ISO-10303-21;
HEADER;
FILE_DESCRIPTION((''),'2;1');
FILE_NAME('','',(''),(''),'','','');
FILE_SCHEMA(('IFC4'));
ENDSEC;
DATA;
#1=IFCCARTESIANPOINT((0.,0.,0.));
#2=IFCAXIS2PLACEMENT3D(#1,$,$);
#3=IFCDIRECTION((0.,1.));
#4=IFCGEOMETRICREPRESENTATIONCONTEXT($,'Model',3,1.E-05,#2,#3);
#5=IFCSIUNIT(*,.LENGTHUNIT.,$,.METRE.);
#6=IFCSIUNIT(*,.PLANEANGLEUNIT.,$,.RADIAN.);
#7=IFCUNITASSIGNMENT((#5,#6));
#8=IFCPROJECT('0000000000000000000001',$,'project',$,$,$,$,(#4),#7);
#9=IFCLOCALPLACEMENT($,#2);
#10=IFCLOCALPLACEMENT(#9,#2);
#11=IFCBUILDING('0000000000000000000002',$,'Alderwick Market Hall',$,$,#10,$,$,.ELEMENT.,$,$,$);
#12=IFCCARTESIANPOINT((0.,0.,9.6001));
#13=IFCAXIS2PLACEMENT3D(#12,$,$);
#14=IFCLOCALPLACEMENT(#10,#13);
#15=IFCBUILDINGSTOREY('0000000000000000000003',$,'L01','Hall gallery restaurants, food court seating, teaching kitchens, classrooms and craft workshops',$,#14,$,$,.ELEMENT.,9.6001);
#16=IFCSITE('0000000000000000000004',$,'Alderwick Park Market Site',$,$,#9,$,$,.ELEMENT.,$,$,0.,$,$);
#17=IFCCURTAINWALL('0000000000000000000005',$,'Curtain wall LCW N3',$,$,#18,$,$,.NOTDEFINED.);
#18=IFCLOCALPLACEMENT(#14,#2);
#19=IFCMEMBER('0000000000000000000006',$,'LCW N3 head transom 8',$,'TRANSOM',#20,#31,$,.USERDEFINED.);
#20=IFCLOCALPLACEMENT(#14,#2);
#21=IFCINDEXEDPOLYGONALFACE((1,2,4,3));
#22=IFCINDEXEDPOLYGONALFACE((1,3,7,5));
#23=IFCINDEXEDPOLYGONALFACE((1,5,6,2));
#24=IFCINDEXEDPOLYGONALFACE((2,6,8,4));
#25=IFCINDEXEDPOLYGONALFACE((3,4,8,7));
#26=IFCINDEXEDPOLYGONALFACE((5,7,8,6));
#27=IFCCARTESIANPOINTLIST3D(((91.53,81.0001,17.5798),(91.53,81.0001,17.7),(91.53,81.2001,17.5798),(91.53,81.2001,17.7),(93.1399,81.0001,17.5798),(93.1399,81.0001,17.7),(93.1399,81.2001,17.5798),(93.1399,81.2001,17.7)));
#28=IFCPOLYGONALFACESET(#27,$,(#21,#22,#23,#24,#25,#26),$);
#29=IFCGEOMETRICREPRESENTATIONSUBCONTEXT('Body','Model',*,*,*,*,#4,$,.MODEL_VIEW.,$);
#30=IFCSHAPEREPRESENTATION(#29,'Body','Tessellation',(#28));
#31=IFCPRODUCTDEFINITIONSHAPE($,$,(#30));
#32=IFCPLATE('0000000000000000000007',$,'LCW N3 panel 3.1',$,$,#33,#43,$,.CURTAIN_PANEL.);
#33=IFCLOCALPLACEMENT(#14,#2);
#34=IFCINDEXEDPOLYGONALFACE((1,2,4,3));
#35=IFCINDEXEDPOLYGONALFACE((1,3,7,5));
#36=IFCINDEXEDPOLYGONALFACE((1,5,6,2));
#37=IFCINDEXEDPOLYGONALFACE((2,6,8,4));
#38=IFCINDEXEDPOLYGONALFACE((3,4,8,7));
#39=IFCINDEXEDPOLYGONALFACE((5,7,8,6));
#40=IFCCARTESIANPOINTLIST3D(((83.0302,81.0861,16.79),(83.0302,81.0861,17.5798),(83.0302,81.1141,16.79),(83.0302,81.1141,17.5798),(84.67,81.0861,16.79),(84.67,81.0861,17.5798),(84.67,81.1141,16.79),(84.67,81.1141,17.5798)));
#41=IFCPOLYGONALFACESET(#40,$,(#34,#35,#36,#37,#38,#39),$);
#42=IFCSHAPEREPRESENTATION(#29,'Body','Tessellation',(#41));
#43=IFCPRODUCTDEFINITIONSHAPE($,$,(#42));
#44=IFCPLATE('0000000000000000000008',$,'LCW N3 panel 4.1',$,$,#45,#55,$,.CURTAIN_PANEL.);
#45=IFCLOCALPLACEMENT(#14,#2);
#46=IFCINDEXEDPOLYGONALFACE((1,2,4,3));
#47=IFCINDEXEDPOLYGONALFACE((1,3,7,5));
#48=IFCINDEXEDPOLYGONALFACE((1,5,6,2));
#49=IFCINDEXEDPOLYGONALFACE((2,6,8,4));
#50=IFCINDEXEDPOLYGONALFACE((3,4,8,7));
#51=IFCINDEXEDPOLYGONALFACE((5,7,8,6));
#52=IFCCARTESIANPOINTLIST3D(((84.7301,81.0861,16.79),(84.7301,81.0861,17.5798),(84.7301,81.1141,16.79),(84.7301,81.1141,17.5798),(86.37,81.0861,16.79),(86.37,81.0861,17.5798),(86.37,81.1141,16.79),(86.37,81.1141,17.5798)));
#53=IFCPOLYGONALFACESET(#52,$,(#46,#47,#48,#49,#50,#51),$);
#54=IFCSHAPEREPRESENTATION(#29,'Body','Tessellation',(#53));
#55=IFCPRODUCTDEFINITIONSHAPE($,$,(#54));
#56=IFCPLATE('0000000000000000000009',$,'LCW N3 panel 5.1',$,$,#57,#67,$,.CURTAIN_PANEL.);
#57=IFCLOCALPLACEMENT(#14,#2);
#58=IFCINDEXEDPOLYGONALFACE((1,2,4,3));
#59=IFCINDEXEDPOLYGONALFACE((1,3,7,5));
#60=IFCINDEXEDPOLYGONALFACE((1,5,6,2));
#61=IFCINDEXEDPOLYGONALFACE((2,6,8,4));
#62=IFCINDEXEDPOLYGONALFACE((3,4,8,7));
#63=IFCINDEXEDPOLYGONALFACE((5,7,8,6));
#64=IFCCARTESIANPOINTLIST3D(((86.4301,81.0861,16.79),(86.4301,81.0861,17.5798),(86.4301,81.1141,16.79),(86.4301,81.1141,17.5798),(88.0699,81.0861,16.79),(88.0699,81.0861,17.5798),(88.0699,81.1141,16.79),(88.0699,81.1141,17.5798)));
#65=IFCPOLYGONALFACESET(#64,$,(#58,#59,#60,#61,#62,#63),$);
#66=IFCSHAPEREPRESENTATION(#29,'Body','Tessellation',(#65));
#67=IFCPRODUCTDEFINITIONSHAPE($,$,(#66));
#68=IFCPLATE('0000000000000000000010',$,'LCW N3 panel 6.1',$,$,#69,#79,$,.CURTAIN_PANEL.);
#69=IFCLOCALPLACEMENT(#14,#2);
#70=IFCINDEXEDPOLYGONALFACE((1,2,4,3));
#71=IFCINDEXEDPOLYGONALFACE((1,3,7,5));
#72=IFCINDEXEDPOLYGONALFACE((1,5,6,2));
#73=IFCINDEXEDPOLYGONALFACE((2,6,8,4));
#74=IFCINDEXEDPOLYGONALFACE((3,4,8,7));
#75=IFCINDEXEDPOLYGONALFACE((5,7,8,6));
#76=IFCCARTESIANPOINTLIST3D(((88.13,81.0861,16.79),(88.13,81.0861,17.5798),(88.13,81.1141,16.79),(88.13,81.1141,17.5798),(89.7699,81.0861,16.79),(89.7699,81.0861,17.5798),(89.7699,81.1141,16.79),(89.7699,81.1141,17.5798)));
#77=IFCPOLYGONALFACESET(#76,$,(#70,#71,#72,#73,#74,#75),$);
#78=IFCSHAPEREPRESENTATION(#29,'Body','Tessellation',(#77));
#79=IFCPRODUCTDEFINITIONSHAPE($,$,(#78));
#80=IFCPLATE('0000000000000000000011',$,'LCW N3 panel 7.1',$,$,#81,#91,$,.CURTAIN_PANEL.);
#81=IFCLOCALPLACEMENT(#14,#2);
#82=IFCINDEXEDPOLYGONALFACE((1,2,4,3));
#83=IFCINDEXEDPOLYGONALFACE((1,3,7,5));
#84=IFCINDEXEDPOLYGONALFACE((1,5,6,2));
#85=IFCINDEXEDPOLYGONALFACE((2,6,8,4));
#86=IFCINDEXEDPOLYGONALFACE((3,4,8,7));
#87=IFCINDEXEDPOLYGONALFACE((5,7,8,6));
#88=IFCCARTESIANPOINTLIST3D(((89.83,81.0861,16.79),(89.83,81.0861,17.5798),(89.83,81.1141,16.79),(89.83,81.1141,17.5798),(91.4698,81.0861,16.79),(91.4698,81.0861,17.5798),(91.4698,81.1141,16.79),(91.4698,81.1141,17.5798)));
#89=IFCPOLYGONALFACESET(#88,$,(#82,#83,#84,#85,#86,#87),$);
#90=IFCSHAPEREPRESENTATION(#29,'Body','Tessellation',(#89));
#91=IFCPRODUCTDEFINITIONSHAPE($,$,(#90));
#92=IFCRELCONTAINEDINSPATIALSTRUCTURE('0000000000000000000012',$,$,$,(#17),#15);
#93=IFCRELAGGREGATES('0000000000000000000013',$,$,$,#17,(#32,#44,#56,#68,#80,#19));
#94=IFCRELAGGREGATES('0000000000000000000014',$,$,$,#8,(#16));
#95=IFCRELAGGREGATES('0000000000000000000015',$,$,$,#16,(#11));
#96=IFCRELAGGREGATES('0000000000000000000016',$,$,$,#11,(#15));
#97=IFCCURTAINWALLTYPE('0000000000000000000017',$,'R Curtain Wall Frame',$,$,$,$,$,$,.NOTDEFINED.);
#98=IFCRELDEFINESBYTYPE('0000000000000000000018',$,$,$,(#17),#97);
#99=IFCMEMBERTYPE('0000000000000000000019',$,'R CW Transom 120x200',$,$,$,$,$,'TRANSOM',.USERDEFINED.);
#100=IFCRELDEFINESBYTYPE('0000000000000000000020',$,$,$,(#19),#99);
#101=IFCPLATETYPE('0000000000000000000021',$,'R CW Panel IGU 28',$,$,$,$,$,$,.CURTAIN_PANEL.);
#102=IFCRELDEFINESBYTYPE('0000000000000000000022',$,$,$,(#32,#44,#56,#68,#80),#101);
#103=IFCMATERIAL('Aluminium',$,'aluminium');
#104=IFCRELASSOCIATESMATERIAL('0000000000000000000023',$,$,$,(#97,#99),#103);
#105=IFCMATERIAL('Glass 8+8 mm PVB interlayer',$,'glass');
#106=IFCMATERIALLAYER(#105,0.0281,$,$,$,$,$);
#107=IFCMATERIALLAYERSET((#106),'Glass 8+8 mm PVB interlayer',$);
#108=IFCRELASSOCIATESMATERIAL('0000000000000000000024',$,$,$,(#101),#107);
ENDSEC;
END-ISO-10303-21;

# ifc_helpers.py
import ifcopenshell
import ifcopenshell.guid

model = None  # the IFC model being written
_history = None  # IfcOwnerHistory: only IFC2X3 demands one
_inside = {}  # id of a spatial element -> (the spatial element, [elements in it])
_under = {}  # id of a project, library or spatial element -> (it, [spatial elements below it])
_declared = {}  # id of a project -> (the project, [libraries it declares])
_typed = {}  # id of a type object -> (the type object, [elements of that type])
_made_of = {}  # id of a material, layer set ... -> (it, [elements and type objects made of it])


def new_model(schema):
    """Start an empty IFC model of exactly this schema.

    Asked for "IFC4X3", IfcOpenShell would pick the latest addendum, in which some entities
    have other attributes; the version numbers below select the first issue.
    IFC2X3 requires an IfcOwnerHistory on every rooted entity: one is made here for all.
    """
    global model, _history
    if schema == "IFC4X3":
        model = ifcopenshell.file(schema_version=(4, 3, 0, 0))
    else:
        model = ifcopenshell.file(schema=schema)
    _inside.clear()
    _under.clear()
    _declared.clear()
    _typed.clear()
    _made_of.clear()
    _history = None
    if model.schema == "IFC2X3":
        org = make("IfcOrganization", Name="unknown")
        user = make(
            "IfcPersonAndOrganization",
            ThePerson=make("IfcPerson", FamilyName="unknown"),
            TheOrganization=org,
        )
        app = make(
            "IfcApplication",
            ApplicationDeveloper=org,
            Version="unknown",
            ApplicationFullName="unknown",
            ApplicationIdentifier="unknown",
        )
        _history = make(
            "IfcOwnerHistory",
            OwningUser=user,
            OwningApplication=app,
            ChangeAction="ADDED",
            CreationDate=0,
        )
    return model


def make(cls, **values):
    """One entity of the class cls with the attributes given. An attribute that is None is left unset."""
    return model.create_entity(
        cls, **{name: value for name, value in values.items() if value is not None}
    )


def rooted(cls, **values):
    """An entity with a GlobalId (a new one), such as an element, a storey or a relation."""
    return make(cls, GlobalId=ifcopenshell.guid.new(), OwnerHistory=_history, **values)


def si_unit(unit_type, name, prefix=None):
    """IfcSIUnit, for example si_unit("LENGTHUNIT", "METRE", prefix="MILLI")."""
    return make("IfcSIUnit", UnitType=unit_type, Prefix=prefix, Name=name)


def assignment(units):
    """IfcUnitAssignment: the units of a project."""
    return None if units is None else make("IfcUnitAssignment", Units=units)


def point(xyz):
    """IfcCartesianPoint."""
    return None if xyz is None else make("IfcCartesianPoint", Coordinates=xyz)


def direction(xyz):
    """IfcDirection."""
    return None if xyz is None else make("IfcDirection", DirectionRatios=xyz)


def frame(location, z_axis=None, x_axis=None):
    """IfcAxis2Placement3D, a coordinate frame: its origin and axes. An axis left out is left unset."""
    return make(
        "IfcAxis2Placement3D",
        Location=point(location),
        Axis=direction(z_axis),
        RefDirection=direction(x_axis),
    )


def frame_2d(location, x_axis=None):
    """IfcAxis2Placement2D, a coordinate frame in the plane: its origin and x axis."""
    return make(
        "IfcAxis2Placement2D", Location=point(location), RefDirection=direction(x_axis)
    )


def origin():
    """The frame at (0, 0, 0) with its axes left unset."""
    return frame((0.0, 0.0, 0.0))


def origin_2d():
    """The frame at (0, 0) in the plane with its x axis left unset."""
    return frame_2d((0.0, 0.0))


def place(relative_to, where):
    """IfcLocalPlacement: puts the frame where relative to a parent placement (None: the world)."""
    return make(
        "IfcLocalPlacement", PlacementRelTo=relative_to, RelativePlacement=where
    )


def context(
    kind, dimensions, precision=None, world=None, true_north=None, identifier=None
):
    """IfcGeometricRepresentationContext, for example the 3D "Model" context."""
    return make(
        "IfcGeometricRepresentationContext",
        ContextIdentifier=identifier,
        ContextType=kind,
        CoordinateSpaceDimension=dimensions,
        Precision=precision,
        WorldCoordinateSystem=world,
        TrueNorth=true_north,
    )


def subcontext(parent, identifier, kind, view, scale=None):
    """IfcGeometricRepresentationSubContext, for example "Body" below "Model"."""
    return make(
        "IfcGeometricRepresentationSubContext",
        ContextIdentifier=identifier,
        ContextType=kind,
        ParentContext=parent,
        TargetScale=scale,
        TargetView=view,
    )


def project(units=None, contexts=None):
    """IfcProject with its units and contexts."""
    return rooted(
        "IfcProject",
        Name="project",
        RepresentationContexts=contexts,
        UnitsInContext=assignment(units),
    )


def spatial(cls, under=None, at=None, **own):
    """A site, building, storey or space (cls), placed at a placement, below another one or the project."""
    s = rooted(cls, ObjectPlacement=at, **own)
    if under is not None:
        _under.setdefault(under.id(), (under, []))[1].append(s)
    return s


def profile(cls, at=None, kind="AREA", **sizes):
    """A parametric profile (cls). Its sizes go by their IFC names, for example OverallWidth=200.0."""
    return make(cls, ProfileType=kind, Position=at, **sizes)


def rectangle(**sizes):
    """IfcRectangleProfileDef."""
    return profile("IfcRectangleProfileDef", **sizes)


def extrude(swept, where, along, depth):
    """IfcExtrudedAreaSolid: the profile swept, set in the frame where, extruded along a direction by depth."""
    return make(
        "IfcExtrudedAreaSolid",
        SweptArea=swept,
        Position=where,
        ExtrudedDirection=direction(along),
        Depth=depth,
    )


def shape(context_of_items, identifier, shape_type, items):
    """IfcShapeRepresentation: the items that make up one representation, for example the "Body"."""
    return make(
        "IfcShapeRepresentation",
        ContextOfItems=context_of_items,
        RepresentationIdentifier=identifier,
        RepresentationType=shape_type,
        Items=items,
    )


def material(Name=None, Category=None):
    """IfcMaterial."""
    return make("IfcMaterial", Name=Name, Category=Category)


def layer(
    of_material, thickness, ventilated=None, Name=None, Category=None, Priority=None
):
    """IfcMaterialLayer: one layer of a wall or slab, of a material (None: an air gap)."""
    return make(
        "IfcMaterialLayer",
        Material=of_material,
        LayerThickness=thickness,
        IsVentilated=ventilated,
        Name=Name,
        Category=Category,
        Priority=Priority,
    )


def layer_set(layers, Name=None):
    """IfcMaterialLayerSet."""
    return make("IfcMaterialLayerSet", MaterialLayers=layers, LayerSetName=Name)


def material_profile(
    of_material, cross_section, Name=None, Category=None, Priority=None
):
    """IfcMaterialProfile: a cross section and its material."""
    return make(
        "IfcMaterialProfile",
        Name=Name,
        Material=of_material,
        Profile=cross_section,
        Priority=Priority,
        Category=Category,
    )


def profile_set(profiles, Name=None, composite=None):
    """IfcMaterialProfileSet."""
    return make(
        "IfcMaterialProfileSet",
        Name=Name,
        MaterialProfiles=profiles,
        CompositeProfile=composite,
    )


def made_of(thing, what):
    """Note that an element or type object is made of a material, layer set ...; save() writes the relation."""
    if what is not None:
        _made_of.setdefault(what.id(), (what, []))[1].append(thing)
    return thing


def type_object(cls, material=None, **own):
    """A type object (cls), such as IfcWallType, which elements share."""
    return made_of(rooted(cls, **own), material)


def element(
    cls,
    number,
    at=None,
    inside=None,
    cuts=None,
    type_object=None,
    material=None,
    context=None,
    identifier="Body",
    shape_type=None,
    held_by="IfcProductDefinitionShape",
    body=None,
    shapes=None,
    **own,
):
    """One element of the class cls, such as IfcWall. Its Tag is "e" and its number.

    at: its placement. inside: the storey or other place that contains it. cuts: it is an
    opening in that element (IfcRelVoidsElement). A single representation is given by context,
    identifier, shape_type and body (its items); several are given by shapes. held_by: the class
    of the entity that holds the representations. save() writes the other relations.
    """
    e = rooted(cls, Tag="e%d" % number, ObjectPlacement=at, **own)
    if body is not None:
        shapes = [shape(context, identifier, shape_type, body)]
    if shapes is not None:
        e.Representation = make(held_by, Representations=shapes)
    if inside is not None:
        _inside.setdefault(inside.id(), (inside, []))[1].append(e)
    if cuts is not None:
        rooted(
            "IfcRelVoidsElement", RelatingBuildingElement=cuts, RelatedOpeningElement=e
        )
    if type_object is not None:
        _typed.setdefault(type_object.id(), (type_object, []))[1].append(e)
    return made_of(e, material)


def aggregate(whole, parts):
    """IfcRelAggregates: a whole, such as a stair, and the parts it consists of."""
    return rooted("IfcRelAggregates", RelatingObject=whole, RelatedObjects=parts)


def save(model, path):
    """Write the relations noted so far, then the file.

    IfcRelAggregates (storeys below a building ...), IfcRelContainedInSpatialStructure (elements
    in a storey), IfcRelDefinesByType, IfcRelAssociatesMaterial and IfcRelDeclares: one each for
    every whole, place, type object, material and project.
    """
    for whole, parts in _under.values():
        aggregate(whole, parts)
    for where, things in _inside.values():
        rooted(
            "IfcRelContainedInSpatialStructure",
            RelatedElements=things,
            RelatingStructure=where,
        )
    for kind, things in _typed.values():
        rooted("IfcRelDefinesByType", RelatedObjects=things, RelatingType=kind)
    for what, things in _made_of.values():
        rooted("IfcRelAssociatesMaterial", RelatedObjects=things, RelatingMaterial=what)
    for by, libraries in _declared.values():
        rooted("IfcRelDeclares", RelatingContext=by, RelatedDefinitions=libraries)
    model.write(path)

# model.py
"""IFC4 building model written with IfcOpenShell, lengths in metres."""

from ifc_helpers import new_model, si_unit, direction, frame, origin, origin_2d, place, context, subcontext, project, spatial, rectangle, extrude, material, layer, layer_set, material_profile, profile_set, type_object, element, aggregate, save


model = new_model("IFC4")

# Units and contexts
model_context = context("Model", 3, precision=1e-05, world=origin(), true_north=direction((0.0, 1.0)))
body_context = subcontext(model_context, "Body", "Model", "MODEL_VIEW")
ifc_project = project(units=[si_unit("LENGTHUNIT", "METRE"), si_unit("PLANEANGLEUNIT", "RADIAN")], contexts=[model_context])

# Site, building, storey
site_placement = place(None, origin())
site = spatial("IfcSite", under=ifc_project, at=site_placement, Name="Alderwick Park Market Site", CompositionType="ELEMENT", RefElevation=0.0)
building_placement = place(site_placement, origin())
building = spatial("IfcBuilding", under=site, at=building_placement, Name="Alderwick Market Hall", CompositionType="ELEMENT")
storey_placement = place(building_placement, frame((0.0, 0.0, 9.6001)))
storey = spatial("IfcBuildingStorey", under=building, at=storey_placement, Name="L01", Description="Hall gallery restaurants, food court seating, teaching kitchens, classrooms and craft workshops", CompositionType="ELEMENT", Elevation=9.6001)

# Curtain wall, member, plates
ifc_material_1 = material(Name="Aluminium", Category="aluminium")
curtain_wall_type = type_object("IfcCurtainWallType", Name="R Curtain Wall Frame", PredefinedType="NOTDEFINED", material=ifc_material_1)
curtain_wall_placement = place(storey_placement, origin())
curtain_wall = element("IfcCurtainWall", 1, at=curtain_wall_placement, inside=storey, type_object=curtain_wall_type, Name="Curtain wall LCW N3", PredefinedType="NOTDEFINED")
ifc_material_profile_1 = material_profile(ifc_material_1, rectangle(XDim=0.2, YDim=0.1201, at=origin_2d()), Name="AL 120x200")
ifc_profile_set_1 = profile_set([ifc_material_profile_1], Name="Aluminium")
member_type_1 = type_object("IfcMemberType", Name="R CW Transom 120x200", ElementType="TRANSOM", PredefinedType="USERDEFINED", material=ifc_profile_set_1)
member_1_placement = place(storey_placement, frame((91.53, 81.1001, 17.6399), z_axis=(1.0, 0.0, 0.0), x_axis=(0.0, 1.0, 0.0)))
member_1 = element("IfcMember", 2, at=member_1_placement, type_object=member_type_1, Name="LCW N3 head transom 8", ObjectType="TRANSOM", PredefinedType="USERDEFINED", context=body_context, shape_type="SweptSolid", body=[
    extrude(rectangle(XDim=0.2, YDim=0.1201, at=origin_2d()), origin(), (0.0, 0.0, 1.0), 1.6099),
])
ifc_material_2 = material(Name="Glass 8+8 mm PVB interlayer", Category="glass")
ifc_layer = layer(ifc_material_2, 0.0281)
ifc_layer_set = layer_set([ifc_layer], Name="Glass 8+8 mm PVB interlayer")
plate_type = type_object("IfcPlateType", Name="R CW Panel IGU 28", PredefinedType="CURTAIN_PANEL", material=ifc_layer_set)
plate_1_placement = place(storey_placement, frame((83.8501, 81.1001, 16.79), z_axis=(0.0, 0.0, 1.0), x_axis=(1.0, 0.0, 0.0)))
plate_1 = element("IfcPlate", 3, at=plate_1_placement, type_object=plate_type, Name="LCW N3 panel 3.1", PredefinedType="CURTAIN_PANEL", context=body_context, shape_type="SweptSolid", body=[
    extrude(rectangle(XDim=1.6399, YDim=0.0281, at=origin_2d()), origin(), (0.0, 0.0, 1.0), 0.7898),
])
plate_2_placement = place(storey_placement, frame((85.55, 81.1001, 16.79), z_axis=(0.0, 0.0, 1.0), x_axis=(1.0, 0.0, 0.0)))
plate_2 = element("IfcPlate", 4, at=plate_2_placement, type_object=plate_type, Name="LCW N3 panel 4.1", PredefinedType="CURTAIN_PANEL", context=body_context, shape_type="SweptSolid", body=[
    extrude(rectangle(XDim=1.6399, YDim=0.0281, at=origin_2d()), origin(), (0.0, 0.0, 1.0), 0.7898),
])
plate_3_placement = place(storey_placement, frame((87.25, 81.1001, 16.79), z_axis=(0.0, 0.0, 1.0), x_axis=(1.0, 0.0, 0.0)))
plate_3 = element("IfcPlate", 5, at=plate_3_placement, type_object=plate_type, Name="LCW N3 panel 5.1", PredefinedType="CURTAIN_PANEL", context=body_context, shape_type="SweptSolid", body=[
    extrude(rectangle(XDim=1.6399, YDim=0.0281, at=origin_2d()), origin(), (0.0, 0.0, 1.0), 0.7898),
])
plate_4_placement = place(storey_placement, frame((88.95, 81.1001, 16.79), z_axis=(0.0, 0.0, 1.0), x_axis=(1.0, 0.0, 0.0)))
plate_4 = element("IfcPlate", 6, at=plate_4_placement, type_object=plate_type, Name="LCW N3 panel 6.1", PredefinedType="CURTAIN_PANEL", context=body_context, shape_type="SweptSolid", body=[
    extrude(rectangle(XDim=1.6399, YDim=0.0281, at=origin_2d()), origin(), (0.0, 0.0, 1.0), 0.7898),
])
plate_5_placement = place(storey_placement, frame((90.6499, 81.1001, 16.79), z_axis=(0.0, 0.0, 1.0), x_axis=(1.0, 0.0, 0.0)))
plate_5 = element("IfcPlate", 7, at=plate_5_placement, type_object=plate_type, Name="LCW N3 panel 7.1", PredefinedType="CURTAIN_PANEL", context=body_context, shape_type="SweptSolid", body=[
    extrude(rectangle(XDim=1.6399, YDim=0.0281, at=origin_2d()), origin(), (0.0, 0.0, 1.0), 0.7898),
])
aggregate(curtain_wall, [plate_1, plate_2, plate_3, plate_4, plate_5, member_1])

save(model, "model.ifc")
